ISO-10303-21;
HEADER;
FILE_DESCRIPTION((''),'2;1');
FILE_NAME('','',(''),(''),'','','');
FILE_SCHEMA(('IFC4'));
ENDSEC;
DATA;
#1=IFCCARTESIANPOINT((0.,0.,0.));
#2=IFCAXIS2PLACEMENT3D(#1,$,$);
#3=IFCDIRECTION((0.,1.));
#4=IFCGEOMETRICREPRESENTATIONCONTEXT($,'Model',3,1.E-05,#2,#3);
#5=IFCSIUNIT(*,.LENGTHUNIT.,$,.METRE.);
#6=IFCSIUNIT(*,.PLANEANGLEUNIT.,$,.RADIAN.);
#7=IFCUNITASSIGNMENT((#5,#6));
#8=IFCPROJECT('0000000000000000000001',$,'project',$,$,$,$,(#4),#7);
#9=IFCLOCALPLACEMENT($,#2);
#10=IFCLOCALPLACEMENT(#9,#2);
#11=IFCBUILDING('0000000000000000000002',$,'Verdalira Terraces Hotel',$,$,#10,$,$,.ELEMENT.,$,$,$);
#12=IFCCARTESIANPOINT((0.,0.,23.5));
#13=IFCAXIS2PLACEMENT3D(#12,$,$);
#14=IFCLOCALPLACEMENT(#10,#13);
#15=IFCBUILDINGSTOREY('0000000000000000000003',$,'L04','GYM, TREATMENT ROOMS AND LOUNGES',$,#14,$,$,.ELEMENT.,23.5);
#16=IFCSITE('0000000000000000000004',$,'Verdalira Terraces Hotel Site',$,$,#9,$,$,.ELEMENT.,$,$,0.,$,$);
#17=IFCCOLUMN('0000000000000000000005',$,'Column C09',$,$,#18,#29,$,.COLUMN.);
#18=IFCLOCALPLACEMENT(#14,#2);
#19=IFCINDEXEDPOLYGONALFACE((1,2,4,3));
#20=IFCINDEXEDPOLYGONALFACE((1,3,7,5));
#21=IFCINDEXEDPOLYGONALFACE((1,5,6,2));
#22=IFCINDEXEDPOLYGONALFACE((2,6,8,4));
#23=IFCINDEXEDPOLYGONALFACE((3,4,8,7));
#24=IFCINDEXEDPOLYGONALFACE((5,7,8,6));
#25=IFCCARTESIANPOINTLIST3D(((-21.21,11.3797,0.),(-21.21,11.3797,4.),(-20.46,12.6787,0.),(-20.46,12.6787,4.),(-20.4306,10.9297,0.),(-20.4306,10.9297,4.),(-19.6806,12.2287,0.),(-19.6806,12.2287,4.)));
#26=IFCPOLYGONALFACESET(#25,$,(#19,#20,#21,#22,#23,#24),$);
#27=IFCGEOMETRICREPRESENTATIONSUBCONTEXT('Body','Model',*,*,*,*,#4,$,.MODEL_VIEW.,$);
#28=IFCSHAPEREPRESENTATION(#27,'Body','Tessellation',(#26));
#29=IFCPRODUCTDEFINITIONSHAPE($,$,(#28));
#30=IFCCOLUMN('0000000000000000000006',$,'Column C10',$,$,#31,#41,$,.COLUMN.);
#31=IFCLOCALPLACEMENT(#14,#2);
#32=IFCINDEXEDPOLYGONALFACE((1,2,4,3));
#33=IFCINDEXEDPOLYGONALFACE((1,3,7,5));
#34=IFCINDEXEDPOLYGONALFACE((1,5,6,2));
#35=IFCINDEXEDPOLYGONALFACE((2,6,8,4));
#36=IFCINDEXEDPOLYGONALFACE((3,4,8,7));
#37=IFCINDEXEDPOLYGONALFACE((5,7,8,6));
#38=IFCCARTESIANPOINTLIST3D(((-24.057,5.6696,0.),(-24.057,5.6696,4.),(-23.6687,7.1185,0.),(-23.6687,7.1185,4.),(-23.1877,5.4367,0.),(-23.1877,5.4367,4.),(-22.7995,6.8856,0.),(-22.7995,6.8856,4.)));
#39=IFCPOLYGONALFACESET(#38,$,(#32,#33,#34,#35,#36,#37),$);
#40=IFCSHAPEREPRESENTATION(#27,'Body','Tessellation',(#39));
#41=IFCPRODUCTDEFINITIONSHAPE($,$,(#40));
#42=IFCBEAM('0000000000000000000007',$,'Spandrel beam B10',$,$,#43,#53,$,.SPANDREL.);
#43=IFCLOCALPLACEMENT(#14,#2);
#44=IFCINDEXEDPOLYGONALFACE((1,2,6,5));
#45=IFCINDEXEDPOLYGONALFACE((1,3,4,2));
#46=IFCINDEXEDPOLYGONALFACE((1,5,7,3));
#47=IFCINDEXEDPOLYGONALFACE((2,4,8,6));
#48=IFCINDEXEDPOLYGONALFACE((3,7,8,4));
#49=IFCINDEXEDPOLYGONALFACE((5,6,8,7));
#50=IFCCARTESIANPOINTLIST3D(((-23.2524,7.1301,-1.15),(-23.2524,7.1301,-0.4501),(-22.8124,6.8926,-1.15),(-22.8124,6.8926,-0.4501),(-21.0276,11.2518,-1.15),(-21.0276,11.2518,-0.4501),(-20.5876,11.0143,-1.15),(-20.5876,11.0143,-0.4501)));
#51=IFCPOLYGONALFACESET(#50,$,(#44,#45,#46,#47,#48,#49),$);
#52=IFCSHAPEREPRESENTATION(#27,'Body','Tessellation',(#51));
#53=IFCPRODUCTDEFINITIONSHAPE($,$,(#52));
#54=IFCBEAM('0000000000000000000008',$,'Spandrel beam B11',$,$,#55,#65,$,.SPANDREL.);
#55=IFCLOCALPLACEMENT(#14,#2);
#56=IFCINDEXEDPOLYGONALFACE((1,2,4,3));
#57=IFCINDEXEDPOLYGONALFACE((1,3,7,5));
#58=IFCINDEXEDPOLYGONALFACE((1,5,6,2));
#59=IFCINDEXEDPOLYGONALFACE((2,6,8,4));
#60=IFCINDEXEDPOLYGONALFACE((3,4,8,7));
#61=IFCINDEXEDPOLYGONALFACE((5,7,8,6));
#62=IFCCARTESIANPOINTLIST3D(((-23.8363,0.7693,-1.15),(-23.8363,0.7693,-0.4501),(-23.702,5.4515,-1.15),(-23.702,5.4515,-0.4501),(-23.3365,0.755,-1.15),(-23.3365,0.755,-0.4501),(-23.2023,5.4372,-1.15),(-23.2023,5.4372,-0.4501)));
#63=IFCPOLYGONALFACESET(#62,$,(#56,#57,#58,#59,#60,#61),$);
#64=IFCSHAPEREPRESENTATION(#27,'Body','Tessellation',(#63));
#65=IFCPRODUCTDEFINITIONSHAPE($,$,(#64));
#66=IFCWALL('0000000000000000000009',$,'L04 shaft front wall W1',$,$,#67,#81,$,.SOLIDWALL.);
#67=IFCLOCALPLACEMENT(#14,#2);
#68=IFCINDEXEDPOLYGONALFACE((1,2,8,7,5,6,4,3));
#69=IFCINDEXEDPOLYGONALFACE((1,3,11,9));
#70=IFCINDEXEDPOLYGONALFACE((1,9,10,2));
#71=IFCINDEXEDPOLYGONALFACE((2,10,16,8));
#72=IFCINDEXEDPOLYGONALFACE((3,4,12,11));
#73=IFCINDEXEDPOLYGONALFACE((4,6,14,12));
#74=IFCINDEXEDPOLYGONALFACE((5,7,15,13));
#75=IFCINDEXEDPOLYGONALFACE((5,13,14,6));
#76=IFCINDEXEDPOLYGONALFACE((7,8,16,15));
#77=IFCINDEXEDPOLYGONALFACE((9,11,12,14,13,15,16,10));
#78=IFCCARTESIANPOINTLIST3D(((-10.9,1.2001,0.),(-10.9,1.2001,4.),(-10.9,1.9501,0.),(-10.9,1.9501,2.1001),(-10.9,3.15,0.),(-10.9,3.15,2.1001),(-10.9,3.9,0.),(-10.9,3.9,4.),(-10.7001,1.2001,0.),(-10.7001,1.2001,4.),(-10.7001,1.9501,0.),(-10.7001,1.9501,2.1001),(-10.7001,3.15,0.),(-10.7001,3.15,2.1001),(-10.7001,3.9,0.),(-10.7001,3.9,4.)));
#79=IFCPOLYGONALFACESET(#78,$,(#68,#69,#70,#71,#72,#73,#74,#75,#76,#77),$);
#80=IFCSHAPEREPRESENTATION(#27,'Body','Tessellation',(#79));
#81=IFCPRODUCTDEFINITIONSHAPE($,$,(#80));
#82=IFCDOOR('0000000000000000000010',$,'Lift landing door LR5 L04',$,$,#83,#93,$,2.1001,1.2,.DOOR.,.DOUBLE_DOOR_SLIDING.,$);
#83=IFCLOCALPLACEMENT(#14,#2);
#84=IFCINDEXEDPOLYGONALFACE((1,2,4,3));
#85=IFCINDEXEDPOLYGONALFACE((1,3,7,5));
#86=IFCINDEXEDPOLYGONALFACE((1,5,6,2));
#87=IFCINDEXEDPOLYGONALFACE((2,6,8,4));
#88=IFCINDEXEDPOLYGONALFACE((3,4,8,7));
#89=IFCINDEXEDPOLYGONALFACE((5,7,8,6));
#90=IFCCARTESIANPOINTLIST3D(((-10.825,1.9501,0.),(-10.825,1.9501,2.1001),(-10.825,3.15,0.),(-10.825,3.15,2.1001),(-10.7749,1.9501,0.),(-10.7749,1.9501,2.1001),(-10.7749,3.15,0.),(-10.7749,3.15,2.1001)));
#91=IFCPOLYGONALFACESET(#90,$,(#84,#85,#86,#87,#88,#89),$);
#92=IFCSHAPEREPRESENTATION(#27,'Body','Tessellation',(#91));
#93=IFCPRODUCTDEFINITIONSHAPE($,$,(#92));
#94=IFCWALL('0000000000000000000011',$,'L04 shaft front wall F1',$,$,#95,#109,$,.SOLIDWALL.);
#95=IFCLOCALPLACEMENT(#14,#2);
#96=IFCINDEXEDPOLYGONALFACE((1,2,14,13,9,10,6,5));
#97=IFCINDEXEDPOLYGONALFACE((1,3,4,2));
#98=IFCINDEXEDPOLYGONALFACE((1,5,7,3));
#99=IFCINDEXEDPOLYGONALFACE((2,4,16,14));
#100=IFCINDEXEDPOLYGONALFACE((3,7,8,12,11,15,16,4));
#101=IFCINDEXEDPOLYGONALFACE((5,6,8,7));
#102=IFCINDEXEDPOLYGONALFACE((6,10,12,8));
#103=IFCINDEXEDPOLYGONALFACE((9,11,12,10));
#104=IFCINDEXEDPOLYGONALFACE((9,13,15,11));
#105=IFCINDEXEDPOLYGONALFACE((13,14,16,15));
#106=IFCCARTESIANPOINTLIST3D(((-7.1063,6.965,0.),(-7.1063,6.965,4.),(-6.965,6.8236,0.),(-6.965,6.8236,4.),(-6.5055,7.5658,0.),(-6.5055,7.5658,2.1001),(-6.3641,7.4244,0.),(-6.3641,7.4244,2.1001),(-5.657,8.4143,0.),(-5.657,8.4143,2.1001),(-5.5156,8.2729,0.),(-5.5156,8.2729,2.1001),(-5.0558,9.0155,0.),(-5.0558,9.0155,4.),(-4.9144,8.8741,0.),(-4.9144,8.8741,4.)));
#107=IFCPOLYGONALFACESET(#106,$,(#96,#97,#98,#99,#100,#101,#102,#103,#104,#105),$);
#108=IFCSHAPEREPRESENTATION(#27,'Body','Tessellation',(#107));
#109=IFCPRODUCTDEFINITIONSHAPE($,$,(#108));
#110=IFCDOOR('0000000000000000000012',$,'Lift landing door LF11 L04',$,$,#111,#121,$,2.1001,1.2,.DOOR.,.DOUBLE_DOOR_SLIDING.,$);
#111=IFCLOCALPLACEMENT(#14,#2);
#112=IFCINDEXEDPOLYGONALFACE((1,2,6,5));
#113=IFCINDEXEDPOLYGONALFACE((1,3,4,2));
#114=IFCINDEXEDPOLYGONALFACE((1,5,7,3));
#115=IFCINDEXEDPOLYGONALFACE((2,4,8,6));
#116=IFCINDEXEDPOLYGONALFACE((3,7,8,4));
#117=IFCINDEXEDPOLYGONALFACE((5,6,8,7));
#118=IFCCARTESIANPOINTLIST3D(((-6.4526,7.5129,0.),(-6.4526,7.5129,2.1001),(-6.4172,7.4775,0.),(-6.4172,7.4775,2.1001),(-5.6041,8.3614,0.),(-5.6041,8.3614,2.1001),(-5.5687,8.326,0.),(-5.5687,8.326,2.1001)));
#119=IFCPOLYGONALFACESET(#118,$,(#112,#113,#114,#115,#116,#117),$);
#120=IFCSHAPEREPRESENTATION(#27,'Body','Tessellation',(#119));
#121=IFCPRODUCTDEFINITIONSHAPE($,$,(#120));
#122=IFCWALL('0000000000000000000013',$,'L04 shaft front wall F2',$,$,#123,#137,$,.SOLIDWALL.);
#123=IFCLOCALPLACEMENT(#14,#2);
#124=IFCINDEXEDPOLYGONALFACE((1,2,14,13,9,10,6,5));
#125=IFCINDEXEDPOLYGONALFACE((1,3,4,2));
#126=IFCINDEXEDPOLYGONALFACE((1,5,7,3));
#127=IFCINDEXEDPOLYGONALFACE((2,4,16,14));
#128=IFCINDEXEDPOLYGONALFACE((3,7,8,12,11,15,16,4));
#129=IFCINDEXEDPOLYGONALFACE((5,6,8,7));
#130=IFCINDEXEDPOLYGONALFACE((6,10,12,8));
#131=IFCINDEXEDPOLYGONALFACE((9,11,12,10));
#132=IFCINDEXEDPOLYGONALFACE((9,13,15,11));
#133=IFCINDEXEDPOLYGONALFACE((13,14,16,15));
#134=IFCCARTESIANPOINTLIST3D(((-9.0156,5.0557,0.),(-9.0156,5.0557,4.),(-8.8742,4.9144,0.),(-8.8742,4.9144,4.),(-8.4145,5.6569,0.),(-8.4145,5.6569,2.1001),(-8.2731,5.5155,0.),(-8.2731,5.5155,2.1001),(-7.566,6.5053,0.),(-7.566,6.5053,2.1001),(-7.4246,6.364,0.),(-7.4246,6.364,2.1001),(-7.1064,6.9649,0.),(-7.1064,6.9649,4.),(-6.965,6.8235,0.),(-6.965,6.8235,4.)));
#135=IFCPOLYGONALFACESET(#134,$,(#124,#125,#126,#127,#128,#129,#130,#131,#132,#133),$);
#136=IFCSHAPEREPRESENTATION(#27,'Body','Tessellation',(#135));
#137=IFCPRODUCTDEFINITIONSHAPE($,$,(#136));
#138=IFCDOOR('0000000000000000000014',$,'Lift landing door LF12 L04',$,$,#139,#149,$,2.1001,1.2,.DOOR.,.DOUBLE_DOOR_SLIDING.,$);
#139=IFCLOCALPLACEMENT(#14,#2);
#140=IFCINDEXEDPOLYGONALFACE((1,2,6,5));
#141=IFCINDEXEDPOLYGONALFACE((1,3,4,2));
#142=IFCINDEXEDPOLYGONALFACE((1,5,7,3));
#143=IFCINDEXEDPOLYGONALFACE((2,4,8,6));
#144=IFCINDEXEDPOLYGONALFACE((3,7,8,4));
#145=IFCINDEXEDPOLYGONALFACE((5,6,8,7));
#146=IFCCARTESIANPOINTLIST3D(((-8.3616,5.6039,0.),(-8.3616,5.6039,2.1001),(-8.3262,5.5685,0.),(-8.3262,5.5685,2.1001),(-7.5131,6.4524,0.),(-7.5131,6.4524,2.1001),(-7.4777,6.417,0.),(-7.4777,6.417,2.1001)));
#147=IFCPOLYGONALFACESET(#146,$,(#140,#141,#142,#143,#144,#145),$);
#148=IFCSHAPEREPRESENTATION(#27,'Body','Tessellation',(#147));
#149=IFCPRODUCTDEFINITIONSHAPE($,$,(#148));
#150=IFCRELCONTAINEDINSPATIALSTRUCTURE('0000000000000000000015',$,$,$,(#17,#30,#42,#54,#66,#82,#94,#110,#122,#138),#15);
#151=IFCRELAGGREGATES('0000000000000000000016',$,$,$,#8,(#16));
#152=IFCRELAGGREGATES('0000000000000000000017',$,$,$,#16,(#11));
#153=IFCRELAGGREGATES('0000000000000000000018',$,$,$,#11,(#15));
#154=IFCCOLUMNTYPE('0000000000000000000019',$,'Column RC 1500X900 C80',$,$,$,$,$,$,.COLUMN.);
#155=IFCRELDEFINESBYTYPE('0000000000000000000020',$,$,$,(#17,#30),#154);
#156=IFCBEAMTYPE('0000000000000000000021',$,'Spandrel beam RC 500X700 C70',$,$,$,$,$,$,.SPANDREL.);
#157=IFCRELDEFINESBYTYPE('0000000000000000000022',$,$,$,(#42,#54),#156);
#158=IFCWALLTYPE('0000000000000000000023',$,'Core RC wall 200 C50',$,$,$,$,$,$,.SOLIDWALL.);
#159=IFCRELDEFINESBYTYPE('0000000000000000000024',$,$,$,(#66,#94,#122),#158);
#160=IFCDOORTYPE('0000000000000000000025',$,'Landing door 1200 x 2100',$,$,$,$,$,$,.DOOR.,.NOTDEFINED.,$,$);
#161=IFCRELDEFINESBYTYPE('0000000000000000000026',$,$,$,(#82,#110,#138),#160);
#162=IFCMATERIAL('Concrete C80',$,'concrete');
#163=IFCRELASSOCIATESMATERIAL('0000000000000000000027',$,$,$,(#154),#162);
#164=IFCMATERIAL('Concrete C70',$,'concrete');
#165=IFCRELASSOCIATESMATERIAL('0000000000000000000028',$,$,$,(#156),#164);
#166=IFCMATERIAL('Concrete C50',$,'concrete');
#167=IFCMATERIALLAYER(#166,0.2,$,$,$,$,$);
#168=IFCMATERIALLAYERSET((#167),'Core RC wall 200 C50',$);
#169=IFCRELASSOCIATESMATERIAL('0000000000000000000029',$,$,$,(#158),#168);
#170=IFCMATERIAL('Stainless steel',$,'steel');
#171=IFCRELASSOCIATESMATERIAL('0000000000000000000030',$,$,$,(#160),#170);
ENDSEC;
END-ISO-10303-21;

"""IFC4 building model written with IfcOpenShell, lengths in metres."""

from ifc_helpers import new_model, si_unit, direction, frame, frame_2d, origin, origin_2d, place, context, subcontext, project, spatial, rectangle, extrude, material, layer, layer_set, material_profile, profile_set, type_object, element, fill, save


model = new_model("IFC4")

# Units and contexts
model_context = context("Model", 3, precision=1e-05, world=origin(), true_north=direction((0.0, 1.0)))
body_context = subcontext(model_context, "Body", "Model", "MODEL_VIEW")
ifc_project = project(units=[si_unit("LENGTHUNIT", "METRE"), si_unit("PLANEANGLEUNIT", "RADIAN")], contexts=[model_context])

# Site, building, storey
site_placement = place(None, origin())
site = spatial("IfcSite", under=ifc_project, at=site_placement, Name="Verdalira Terraces Hotel Site", CompositionType="ELEMENT", RefElevation=0.0)
building_placement = place(site_placement, origin())
building = spatial("IfcBuilding", under=site, at=building_placement, Name="Verdalira Terraces Hotel", CompositionType="ELEMENT")
storey_placement = place(building_placement, frame((0.0, 0.0, 23.5)))
storey = spatial("IfcBuildingStorey", under=building, at=storey_placement, Name="L04", Description="GYM, TREATMENT ROOMS AND LOUNGES", CompositionType="ELEMENT", Elevation=23.5)

# Columns
ifc_material_1 = material(Name="Concrete C80", Category="concrete")
ifc_material_profile_1 = material_profile(ifc_material_1, rectangle(XDim=1.5, YDim=0.8999, at=origin_2d()), Name="RC 1500X900")
ifc_profile_set_1 = profile_set([ifc_material_profile_1], Name="Concrete C80")
column_type = type_object("IfcColumnType", Name="Column RC 1500X900 C80", PredefinedType="COLUMN", material=ifc_profile_set_1)
for number, where, z_axis, x_axis, name in (
    (1, (-20.4453, 11.8042, 0.0), (0.0, 0.0, 1.0), (-0.5, -0.866025, 0.0), "Column C09"),
    (2, (-23.4282, 6.2776, 0.0), (0.0, 0.0, 1.0), (0.258819, 0.965926, 0.0), "Column C10"),
):
    element("IfcColumn", number, at=place(storey_placement, frame(where, z_axis=z_axis, x_axis=x_axis)), inside=storey, type_object=column_type, Name=name, PredefinedType="COLUMN", context=body_context, shape_type="SweptSolid", body=[
        extrude(rectangle(XDim=1.5, YDim=0.8999, at=origin_2d()), origin(), (0.0, 0.0, 1.0), 4.0),
    ])

# Beams
ifc_material_2 = material(Name="Concrete C70", Category="concrete")
ifc_material_profile_2 = material_profile(ifc_material_2, rectangle(XDim=0.5, YDim=0.7, at=origin_2d()), Name="RC 500X700")
ifc_profile_set_2 = profile_set([ifc_material_profile_2], Name="Concrete C70")
beam_type = type_object("IfcBeamType", Name="Spandrel beam RC 500X700 C70", PredefinedType="SPANDREL", material=ifc_profile_set_2)
beam_1_placement = place(storey_placement, frame((-20.8076, 11.1331, -0.8), z_axis=(-0.474995, -0.879989, 0.0), x_axis=(0.879989, -0.474995, 0.0)))
element("IfcBeam", 3, at=beam_1_placement, inside=storey, type_object=beam_type, Name="Spandrel beam B10", PredefinedType="SPANDREL", context=body_context, shape_type="SweptSolid", body=[
    extrude(rectangle(XDim=0.5, YDim=0.7, at=origin_2d()), origin(), (0.0, 0.0, 1.0), 4.6838),
])
beam_2_placement = place(storey_placement, frame((-23.4521, 5.4443, -0.8), z_axis=(-0.028667, -0.999589, 0.0), x_axis=(0.999589, -0.028667, 0.0)))
element("IfcBeam", 4, at=beam_2_placement, inside=storey, type_object=beam_type, Name="Spandrel beam B11", PredefinedType="SPANDREL", context=body_context, shape_type="SweptSolid", body=[
    extrude(rectangle(XDim=0.5, YDim=0.7, at=origin_2d()), origin(), (0.0, 0.0, 1.0), 4.6841),
])

# Walls, openings, doors
ifc_material_3 = material(Name="Concrete C50", Category="concrete")
ifc_layer_1 = layer(ifc_material_3, 0.2)
ifc_layer_set_1 = layer_set([ifc_layer_1], Name="Core RC wall 200 C50")
wall_type_1 = type_object("IfcWallType", Name="Core RC wall 200 C50", PredefinedType="SOLIDWALL", material=ifc_layer_set_1)
wall_1_placement = place(storey_placement, frame((-10.8, 1.2, 0.0), z_axis=(0.0, 0.0, 1.0), x_axis=(0.0, 1.0, 0.0)))
wall_1 = element("IfcWall", 5, at=wall_1_placement, inside=storey, type_object=wall_type_1, Name="L04 shaft front wall W1", PredefinedType="SOLIDWALL", context=body_context, shape_type="SweptSolid", body=[
    extrude(rectangle(XDim=2.7, YDim=0.2, at=frame_2d((1.3501, 0.0))), origin(), (0.0, 0.0, 1.0), 4.0),
])
opening_1_placement = place(wall_1_placement, frame((0.75, 0.0, 0.0)))
opening_1 = element("IfcOpeningElement", 6, at=opening_1_placement, cuts=wall_1, PredefinedType="OPENING", context=body_context, shape_type="SweptSolid", body=[
    extrude(rectangle(XDim=1.2, YDim=2.1001, at=frame_2d((0.6001, 1.05))), frame((0.0, 0.1099, 0.0), z_axis=(0.0, -1.0, 0.0), x_axis=(1.0, 0.0, 0.0)), (0.0, 0.0, 1.0), 0.22),
])
ifc_material_4 = material(Name="Stainless steel", Category="steel")
door_type_1 = type_object("IfcDoorType", Name="Landing door 1200 x 2100", OperationType="NOTDEFINED", PredefinedType="DOOR", material=ifc_material_4)
door_1_placement = place(opening_1_placement, origin())
door_1 = element("IfcDoor", 7, at=door_1_placement, inside=storey, type_object=door_type_1, Name="Lift landing door LR5 L04", OperationType="DOUBLE_DOOR_SLIDING", OverallHeight=2.1001, OverallWidth=1.2, PredefinedType="DOOR", context=body_context, shape_type="SweptSolid", body=[
    extrude(rectangle(XDim=1.2, YDim=2.1001, at=frame_2d((0.6001, 1.05))), frame((0.0, 0.0249, 0.0), z_axis=(0.0, -1.0, 0.0), x_axis=(1.0, 0.0, 0.0)), (0.0, 0.0, 1.0), 0.05),
])
fill(opening_1, door_1)
wall_2_placement = place(storey_placement, frame((-4.9851, 8.9448, 0.0), z_axis=(0.0, 0.0, 1.0), x_axis=(-0.707107, -0.707107, 0.0)))
wall_2 = element("IfcWall", 8, at=wall_2_placement, inside=storey, type_object=wall_type_1, Name="L04 shaft front wall F1", PredefinedType="SOLIDWALL", context=body_context, shape_type="SweptSolid", body=[
    extrude(rectangle(XDim=2.8999, YDim=0.2, at=frame_2d((1.45, 0.0))), origin(), (0.0, 0.0, 1.0), 4.0),
])
opening_2_placement = place(wall_2_placement, frame((0.8501, 0.0, 0.0)))
opening_2 = element("IfcOpeningElement", 9, at=opening_2_placement, cuts=wall_2, PredefinedType="OPENING", context=body_context, shape_type="SweptSolid", body=[
    extrude(rectangle(XDim=1.2, YDim=2.1001, at=frame_2d((0.6001, 1.05))), frame((0.0, 0.1099, 0.0), z_axis=(0.0, -1.0, 0.0), x_axis=(1.0, 0.0, 0.0)), (0.0, 0.0, 1.0), 0.22),
])
door_2_placement = place(opening_2_placement, origin())
door_2 = element("IfcDoor", 10, at=door_2_placement, inside=storey, type_object=door_type_1, Name="Lift landing door LF11 L04", OperationType="DOUBLE_DOOR_SLIDING", OverallHeight=2.1001, OverallWidth=1.2, PredefinedType="DOOR", context=body_context, shape_type="SweptSolid", body=[
    extrude(rectangle(XDim=1.2, YDim=2.1001, at=frame_2d((0.6001, 1.05))), frame((0.0, 0.0249, 0.0), z_axis=(0.0, -1.0, 0.0), x_axis=(1.0, 0.0, 0.0)), (0.0, 0.0, 1.0), 0.05),
])
fill(opening_2, door_2)
wall_3_placement = place(storey_placement, frame((-7.0356, 6.8943, 0.0), z_axis=(0.0, 0.0, 1.0), x_axis=(-0.707107, -0.707107, 0.0)))
wall_3 = element("IfcWall", 11, at=wall_3_placement, inside=storey, type_object=wall_type_1, Name="L04 shaft front wall F2", PredefinedType="SOLIDWALL", context=body_context, shape_type="SweptSolid", body=[
    extrude(rectangle(XDim=2.7, YDim=0.2, at=frame_2d((1.3501, 0.0))), origin(), (0.0, 0.0, 1.0), 4.0),
])
opening_3_placement = place(wall_3_placement, frame((0.6499, 0.0, 0.0)))
opening_3 = element("IfcOpeningElement", 12, at=opening_3_placement, cuts=wall_3, PredefinedType="OPENING", context=body_context, shape_type="SweptSolid", body=[
    extrude(rectangle(XDim=1.2, YDim=2.1001, at=frame_2d((0.6001, 1.05))), frame((0.0, 0.1099, 0.0), z_axis=(0.0, -1.0, 0.0), x_axis=(1.0, 0.0, 0.0)), (0.0, 0.0, 1.0), 0.22),
])
door_3_placement = place(opening_3_placement, origin())
door_3 = element("IfcDoor", 13, at=door_3_placement, inside=storey, type_object=door_type_1, Name="Lift landing door LF12 L04", OperationType="DOUBLE_DOOR_SLIDING", OverallHeight=2.1001, OverallWidth=1.2, PredefinedType="DOOR", context=body_context, shape_type="SweptSolid", body=[
    extrude(rectangle(XDim=1.2, YDim=2.1001, at=frame_2d((0.6001, 1.05))), frame((0.0, 0.0249, 0.0), z_axis=(0.0, -1.0, 0.0), x_axis=(1.0, 0.0, 0.0)), (0.0, 0.0, 1.0), 0.05),
])
fill(opening_3, door_3)

save(model, "model.ifc")
